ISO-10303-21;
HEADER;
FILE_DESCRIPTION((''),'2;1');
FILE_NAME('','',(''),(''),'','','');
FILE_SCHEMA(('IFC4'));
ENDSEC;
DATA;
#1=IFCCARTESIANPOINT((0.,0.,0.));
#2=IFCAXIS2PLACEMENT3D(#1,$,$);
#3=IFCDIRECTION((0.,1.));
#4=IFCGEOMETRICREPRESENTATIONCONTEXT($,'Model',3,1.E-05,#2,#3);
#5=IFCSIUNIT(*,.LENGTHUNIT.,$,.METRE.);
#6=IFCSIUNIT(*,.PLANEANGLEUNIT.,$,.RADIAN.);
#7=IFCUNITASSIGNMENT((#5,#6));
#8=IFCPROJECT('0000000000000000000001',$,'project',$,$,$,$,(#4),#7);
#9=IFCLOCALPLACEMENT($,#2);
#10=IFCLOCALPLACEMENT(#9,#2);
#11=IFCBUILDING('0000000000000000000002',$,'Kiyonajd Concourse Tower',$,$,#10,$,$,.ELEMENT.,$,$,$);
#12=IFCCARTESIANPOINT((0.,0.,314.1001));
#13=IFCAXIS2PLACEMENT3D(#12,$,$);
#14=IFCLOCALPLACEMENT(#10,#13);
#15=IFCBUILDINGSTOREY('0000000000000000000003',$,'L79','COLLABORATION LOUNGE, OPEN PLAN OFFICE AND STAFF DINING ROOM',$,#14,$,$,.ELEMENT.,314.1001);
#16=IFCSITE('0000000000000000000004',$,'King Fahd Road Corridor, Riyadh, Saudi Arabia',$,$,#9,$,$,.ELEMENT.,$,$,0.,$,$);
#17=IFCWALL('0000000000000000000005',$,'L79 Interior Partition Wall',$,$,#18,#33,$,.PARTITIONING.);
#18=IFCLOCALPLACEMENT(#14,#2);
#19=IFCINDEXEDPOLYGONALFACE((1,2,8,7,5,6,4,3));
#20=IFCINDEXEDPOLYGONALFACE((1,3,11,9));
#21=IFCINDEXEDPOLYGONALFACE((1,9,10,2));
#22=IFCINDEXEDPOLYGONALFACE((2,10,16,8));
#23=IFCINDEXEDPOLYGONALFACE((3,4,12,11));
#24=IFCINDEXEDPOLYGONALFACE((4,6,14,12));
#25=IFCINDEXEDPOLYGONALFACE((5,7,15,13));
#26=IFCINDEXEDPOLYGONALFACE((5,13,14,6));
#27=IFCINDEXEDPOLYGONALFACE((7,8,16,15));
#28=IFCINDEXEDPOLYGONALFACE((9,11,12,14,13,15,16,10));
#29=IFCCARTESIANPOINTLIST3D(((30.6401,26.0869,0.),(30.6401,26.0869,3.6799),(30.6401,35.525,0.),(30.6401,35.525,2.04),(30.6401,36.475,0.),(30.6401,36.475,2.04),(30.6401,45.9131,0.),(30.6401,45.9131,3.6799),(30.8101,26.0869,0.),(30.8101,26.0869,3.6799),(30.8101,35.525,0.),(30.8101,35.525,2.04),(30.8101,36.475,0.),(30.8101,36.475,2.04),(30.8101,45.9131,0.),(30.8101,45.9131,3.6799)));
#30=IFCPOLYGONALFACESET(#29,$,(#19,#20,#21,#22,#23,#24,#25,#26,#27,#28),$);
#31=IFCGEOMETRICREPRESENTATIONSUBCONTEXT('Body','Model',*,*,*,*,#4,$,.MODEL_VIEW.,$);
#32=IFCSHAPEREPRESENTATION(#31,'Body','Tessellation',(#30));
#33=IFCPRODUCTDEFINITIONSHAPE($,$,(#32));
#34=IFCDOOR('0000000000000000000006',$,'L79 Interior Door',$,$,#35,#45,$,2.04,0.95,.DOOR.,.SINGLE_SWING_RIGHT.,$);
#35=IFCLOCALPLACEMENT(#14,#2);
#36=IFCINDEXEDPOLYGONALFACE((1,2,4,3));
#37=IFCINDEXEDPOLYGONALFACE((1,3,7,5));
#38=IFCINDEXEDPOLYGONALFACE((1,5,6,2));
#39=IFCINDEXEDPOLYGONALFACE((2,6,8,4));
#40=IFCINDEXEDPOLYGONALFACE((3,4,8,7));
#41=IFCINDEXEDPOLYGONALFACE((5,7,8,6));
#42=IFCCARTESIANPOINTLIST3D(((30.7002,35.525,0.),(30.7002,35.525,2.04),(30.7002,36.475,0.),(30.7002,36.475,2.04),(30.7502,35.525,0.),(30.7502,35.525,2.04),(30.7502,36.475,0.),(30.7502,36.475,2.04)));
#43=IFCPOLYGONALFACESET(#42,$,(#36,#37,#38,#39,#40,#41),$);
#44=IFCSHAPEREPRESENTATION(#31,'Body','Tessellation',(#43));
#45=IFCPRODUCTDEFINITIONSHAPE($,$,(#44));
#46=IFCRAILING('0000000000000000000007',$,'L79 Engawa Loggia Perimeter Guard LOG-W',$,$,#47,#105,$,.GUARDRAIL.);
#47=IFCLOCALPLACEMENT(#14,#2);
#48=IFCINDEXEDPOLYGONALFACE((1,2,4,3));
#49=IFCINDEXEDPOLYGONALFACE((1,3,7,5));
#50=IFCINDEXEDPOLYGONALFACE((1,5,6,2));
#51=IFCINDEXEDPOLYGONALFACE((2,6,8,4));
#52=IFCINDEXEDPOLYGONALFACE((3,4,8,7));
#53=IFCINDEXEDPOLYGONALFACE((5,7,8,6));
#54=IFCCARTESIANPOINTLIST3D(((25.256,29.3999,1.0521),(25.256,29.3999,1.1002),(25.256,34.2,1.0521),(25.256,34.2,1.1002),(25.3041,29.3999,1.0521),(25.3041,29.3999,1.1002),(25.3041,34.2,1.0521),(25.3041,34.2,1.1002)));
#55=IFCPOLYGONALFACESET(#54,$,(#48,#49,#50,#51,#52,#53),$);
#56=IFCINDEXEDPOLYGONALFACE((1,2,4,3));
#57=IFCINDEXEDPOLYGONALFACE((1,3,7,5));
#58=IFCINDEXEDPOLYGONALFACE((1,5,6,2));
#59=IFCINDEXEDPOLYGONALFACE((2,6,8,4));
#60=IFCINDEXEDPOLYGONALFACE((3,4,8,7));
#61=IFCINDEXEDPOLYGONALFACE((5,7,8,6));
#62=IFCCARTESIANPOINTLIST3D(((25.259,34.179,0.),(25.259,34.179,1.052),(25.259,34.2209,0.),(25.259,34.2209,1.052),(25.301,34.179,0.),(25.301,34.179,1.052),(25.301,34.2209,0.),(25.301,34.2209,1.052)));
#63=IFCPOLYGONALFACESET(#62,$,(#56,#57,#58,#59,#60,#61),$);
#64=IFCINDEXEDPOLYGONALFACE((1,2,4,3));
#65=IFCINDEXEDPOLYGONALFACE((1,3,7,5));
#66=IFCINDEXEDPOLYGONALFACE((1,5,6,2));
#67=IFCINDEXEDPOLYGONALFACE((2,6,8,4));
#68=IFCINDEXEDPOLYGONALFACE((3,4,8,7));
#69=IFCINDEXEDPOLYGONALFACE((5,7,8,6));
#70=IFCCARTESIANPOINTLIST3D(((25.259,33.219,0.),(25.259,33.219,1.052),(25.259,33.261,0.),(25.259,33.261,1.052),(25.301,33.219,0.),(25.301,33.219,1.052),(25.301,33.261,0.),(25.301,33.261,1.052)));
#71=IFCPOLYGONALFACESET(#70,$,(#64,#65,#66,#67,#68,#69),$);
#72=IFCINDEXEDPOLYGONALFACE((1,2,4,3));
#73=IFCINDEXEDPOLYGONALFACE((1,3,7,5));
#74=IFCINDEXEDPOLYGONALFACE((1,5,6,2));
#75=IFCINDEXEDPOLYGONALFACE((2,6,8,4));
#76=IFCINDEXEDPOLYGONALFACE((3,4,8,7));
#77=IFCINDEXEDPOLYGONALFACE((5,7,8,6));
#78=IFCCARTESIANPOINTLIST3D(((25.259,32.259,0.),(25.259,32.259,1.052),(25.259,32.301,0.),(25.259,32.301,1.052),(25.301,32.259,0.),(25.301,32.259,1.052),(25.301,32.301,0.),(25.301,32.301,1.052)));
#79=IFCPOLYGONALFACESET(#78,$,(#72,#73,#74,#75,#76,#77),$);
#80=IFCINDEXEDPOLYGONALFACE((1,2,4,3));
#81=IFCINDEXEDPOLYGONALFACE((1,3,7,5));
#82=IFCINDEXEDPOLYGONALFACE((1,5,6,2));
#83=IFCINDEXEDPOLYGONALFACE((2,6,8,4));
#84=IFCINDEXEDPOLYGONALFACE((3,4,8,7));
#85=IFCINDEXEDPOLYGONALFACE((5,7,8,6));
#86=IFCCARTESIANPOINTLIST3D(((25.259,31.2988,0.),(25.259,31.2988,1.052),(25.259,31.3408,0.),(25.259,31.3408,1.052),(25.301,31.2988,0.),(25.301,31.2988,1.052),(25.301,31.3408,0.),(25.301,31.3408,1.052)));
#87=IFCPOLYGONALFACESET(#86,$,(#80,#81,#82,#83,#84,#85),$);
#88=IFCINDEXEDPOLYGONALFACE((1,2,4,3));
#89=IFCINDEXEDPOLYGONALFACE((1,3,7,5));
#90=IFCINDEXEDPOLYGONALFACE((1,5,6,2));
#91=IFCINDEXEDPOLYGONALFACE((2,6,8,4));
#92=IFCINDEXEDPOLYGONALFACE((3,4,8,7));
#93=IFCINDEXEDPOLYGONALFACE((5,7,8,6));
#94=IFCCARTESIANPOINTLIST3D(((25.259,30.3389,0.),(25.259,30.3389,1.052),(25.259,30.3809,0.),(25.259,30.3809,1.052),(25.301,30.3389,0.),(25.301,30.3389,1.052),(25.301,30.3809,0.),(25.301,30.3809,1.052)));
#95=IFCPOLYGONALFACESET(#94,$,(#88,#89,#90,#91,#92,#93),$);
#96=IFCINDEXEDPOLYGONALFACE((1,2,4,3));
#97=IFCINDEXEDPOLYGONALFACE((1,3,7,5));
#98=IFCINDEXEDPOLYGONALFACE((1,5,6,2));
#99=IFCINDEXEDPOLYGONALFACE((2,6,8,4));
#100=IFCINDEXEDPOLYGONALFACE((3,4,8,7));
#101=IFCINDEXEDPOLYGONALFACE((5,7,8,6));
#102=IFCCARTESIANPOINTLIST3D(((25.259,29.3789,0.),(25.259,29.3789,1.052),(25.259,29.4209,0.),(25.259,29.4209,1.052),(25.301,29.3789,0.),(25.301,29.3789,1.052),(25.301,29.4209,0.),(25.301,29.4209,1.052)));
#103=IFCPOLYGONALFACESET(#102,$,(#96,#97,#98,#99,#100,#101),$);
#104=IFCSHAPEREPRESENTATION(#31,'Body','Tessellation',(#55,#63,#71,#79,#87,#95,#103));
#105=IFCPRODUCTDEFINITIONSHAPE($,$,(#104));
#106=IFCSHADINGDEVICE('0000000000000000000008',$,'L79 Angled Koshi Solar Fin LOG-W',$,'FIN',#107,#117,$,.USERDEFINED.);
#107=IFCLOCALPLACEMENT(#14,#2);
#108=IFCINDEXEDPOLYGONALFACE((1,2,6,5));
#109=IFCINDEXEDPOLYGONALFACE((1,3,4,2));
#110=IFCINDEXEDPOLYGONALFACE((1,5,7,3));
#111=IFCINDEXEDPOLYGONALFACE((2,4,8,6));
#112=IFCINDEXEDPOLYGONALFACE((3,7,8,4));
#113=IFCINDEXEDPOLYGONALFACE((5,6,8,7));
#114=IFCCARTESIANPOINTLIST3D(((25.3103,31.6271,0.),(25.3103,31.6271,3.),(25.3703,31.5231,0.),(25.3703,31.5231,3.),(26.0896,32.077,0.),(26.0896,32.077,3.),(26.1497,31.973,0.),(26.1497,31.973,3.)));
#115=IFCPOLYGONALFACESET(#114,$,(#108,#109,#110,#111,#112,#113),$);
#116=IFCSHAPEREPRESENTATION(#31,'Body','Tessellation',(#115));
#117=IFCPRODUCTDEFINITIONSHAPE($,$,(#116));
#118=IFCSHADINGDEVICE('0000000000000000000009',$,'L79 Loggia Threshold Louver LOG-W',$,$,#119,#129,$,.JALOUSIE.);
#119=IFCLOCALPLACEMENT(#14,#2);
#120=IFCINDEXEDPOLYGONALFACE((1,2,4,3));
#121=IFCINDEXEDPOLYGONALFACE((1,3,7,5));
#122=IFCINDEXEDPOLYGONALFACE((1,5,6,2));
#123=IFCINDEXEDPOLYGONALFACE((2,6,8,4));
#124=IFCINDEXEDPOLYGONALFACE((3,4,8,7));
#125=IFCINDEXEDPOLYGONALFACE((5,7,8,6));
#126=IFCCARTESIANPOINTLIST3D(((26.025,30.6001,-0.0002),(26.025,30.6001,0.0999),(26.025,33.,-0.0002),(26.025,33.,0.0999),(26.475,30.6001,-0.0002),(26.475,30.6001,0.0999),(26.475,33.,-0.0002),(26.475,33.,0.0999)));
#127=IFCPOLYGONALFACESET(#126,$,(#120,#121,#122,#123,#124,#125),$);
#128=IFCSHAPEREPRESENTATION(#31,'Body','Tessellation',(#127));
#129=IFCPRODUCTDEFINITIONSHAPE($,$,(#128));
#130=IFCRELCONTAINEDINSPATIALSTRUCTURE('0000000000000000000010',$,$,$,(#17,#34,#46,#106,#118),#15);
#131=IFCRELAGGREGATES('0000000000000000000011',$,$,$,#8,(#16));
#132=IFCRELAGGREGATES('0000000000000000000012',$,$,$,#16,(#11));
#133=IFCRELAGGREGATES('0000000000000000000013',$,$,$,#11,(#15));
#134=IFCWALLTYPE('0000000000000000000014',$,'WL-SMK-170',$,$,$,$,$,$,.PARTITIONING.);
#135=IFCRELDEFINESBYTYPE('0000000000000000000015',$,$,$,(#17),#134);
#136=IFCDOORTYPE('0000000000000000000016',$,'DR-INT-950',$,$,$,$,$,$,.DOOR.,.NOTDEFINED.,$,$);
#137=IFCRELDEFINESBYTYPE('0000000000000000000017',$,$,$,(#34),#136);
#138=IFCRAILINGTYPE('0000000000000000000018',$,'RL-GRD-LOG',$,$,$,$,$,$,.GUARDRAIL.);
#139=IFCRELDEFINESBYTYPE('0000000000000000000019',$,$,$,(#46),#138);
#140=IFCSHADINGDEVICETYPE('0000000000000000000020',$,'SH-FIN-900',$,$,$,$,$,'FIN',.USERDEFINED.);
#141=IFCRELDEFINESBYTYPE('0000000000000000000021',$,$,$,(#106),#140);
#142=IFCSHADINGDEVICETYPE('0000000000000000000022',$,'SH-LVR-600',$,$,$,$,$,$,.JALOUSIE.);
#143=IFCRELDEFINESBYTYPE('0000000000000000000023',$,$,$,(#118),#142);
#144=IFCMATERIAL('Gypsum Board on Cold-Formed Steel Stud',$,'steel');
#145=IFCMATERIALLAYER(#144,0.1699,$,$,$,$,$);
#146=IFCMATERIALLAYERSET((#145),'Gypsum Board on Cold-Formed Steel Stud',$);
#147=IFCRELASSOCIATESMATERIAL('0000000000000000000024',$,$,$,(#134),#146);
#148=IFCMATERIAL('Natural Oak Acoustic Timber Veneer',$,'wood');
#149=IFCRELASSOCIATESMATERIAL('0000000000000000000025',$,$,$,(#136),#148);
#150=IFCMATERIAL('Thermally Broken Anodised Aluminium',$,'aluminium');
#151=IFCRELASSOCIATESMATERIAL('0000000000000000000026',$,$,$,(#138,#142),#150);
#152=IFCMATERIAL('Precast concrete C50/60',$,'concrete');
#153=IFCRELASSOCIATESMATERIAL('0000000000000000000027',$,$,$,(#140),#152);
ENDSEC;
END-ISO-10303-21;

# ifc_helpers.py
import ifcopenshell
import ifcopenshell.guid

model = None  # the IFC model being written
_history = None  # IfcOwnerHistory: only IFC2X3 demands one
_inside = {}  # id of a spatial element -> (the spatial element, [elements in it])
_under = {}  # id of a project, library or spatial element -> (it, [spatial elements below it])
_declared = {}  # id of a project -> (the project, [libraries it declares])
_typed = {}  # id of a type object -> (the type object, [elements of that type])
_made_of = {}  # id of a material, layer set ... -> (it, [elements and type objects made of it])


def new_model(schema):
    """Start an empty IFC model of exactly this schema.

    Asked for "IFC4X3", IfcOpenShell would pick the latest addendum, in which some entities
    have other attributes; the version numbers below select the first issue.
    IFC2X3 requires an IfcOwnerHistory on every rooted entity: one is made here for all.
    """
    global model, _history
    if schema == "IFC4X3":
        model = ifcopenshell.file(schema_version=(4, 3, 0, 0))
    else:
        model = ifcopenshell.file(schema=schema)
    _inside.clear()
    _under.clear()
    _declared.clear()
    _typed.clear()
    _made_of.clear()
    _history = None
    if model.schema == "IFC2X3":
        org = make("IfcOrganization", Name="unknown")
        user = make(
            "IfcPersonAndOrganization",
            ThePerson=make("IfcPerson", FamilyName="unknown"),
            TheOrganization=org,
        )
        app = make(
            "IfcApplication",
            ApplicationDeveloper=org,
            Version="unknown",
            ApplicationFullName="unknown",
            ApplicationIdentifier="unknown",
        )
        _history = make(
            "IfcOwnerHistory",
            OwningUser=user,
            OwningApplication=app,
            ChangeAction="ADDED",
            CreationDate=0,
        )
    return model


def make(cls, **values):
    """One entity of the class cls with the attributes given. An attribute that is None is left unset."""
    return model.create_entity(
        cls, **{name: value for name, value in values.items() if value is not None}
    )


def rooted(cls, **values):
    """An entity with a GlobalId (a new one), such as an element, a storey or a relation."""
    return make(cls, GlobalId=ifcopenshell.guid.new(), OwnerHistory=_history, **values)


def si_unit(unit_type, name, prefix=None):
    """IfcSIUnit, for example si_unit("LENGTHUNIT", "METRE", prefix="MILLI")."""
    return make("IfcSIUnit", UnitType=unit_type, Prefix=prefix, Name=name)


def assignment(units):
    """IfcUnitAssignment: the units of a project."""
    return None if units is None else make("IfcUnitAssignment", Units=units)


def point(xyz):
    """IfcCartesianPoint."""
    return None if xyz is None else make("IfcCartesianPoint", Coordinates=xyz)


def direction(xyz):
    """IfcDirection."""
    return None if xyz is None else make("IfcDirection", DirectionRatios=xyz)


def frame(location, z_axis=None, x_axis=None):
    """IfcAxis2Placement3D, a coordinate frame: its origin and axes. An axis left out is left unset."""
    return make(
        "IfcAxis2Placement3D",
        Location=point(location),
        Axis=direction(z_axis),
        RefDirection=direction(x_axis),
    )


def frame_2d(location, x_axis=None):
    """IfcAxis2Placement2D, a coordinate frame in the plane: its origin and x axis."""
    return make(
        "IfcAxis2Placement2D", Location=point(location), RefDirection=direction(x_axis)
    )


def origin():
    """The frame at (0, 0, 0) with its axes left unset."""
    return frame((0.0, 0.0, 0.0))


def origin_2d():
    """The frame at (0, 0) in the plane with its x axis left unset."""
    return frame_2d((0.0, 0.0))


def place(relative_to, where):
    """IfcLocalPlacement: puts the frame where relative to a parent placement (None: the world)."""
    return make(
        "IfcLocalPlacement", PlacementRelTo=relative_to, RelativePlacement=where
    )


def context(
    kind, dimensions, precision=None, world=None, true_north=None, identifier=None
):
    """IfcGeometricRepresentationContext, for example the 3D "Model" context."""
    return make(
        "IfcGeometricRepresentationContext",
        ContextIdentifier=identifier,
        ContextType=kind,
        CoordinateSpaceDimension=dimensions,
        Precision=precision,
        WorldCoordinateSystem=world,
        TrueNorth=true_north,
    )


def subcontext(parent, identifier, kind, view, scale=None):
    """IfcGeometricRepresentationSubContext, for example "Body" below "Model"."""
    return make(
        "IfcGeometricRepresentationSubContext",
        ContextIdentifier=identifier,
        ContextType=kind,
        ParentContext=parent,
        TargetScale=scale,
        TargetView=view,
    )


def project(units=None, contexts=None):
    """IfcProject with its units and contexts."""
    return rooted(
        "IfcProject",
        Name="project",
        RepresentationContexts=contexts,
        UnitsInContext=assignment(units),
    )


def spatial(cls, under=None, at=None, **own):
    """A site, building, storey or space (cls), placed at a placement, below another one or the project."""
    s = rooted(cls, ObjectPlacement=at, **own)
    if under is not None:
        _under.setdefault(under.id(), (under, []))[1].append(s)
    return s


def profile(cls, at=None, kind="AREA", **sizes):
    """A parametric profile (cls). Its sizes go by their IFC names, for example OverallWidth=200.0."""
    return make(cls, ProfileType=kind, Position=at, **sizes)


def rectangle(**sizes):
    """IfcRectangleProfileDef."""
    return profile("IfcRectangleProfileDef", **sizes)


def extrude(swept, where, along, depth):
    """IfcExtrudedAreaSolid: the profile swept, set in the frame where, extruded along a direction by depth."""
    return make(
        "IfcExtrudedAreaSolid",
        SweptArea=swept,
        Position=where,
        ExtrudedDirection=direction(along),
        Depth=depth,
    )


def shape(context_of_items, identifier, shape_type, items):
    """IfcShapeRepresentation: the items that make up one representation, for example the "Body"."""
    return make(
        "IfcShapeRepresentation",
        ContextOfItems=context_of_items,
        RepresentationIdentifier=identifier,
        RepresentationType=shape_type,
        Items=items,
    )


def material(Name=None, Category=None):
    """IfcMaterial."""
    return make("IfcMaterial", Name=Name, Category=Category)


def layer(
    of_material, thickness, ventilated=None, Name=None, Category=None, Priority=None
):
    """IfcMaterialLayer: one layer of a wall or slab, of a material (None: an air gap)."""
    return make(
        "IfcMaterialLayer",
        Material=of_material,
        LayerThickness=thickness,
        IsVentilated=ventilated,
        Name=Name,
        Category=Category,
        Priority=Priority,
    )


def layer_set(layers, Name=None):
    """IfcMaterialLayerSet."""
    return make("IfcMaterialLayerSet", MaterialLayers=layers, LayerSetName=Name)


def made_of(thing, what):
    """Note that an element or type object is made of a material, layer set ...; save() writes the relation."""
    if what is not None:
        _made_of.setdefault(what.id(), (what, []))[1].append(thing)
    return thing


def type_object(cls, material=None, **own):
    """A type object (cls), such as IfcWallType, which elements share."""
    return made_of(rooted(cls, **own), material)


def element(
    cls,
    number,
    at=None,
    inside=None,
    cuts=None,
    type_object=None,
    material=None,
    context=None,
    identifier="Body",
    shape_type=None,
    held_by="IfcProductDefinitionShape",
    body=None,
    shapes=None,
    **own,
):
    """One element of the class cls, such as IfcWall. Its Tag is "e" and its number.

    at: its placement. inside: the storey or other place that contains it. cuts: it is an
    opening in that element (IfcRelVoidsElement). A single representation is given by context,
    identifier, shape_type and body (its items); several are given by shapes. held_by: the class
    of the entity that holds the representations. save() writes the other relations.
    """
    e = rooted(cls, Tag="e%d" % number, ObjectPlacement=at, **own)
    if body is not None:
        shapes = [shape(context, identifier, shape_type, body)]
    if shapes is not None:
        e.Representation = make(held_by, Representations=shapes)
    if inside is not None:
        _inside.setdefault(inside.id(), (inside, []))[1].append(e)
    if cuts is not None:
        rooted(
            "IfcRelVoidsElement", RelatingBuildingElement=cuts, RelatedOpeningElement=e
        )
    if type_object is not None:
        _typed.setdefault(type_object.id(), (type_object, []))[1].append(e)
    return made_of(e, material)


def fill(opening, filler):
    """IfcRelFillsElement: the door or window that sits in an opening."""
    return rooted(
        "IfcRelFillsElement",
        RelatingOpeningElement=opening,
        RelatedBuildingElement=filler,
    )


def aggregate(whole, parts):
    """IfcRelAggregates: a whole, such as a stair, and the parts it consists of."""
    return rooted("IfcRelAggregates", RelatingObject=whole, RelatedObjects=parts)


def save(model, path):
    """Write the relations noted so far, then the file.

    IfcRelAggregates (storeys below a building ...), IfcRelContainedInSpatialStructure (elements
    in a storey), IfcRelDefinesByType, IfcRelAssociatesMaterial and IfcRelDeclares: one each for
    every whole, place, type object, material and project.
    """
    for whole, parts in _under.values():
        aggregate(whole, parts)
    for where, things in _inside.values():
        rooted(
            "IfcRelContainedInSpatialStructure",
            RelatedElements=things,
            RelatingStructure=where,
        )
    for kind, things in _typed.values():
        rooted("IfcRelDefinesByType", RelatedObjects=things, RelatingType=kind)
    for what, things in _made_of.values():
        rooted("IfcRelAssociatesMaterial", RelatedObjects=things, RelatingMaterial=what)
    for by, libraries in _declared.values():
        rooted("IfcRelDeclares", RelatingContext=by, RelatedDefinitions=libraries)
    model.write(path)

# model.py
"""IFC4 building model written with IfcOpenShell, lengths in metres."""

from ifc_helpers import new_model, si_unit, direction, frame, frame_2d, origin, origin_2d, place, context, subcontext, project, spatial, rectangle, extrude, material, layer, layer_set, type_object, element, fill, save


model = new_model("IFC4")

# Units and contexts
model_context = context("Model", 3, precision=1e-05, world=origin(), true_north=direction((0.0, 1.0)))
body_context = subcontext(model_context, "Body", "Model", "MODEL_VIEW")
ifc_project = project(units=[si_unit("LENGTHUNIT", "METRE"), si_unit("PLANEANGLEUNIT", "RADIAN")], contexts=[model_context])

# Site, building, storey
site_placement = place(None, origin())
site = spatial("IfcSite", under=ifc_project, at=site_placement, Name="King Fahd Road Corridor, Riyadh, Saudi Arabia", CompositionType="ELEMENT", RefElevation=0.0)
building_placement = place(site_placement, origin())
building = spatial("IfcBuilding", under=site, at=building_placement, Name="Kiyonajd Concourse Tower", CompositionType="ELEMENT")
storey_placement = place(building_placement, frame((0.0, 0.0, 314.1001)))
storey = spatial("IfcBuildingStorey", under=building, at=storey_placement, Name="L79", Description="COLLABORATION LOUNGE, OPEN PLAN OFFICE AND STAFF DINING ROOM", CompositionType="ELEMENT", Elevation=314.1001)

# Shared definitions
ifc_material_1 = material(Name="Thermally Broken Anodised Aluminium", Category="aluminium")

# Shared definitions
ifc_material_2 = material(Name="Precast concrete C50/60", Category="concrete")

# Shared definitions
ifc_material_3 = material(Name="Gypsum Board on Cold-Formed Steel Stud", Category="steel")
ifc_layer_1 = layer(ifc_material_3, 0.1699)
ifc_layer_set_1 = layer_set([ifc_layer_1], Name="Gypsum Board on Cold-Formed Steel Stud")
wall_type_1 = type_object("IfcWallType", Name="WL-SMK-170", PredefinedType="PARTITIONING", material=ifc_layer_set_1)
ifc_material_4 = material(Name="Natural Oak Acoustic Timber Veneer", Category="wood")
door_type_1 = type_object("IfcDoorType", Name="DR-INT-950", OperationType="NOTDEFINED", PredefinedType="DOOR", material=ifc_material_4)

# Wall, opening, door
wall_1_placement = place(storey_placement, frame((30.7251, 26.0869, 0.0), z_axis=(0.0, 0.0, 1.0), x_axis=(0.0, 1.0, 0.0)))
wall_1 = element("IfcWall", 1, at=wall_1_placement, inside=storey, type_object=wall_type_1, Name="L79 Interior Partition Wall", PredefinedType="PARTITIONING", context=body_context, shape_type="SweptSolid", body=[
    extrude(rectangle(XDim=19.8262, YDim=0.1699, at=frame_2d((9.9131, 0.0))), origin(), (0.0, 0.0, 1.0), 3.6799),
])
opening_1_placement = place(wall_1_placement, frame((9.438, 0.0, 0.0)))
opening_1 = element("IfcOpeningElement", 2, at=opening_1_placement, cuts=wall_1, PredefinedType="OPENING", context=body_context, shape_type="SweptSolid", body=[
    extrude(rectangle(XDim=0.95, YDim=2.04, at=frame_2d((0.4751, 1.02))), frame((0.0, 0.095, 0.0), z_axis=(0.0, -1.0, 0.0), x_axis=(1.0, 0.0, 0.0)), (0.0, 0.0, 1.0), 0.1899),
])
door_1_placement = place(opening_1_placement, origin())
door_1 = element("IfcDoor", 3, at=door_1_placement, inside=storey, type_object=door_type_1, Name="L79 Interior Door", OperationType="SINGLE_SWING_RIGHT", OverallHeight=2.04, OverallWidth=0.95, PredefinedType="DOOR", context=body_context, shape_type="SweptSolid", body=[
    extrude(rectangle(XDim=0.95, YDim=2.04, at=frame_2d((0.4751, 1.02))), frame((0.0, 0.0249, 0.0), z_axis=(0.0, -1.0, 0.0), x_axis=(1.0, 0.0, 0.0)), (0.0, 0.0, 1.0), 0.05),
])
fill(opening_1, door_1)

# Railing
railing_type = type_object("IfcRailingType", Name="RL-GRD-LOG", PredefinedType="GUARDRAIL", material=ifc_material_1)
railing_placement = place(storey_placement, frame((25.28, 34.2, 0.0)))
element("IfcRailing", 4, at=railing_placement, inside=storey, type_object=railing_type, Name="L79 Engawa Loggia Perimeter Guard LOG-W", PredefinedType="GUARDRAIL", context=body_context, shape_type="SweptSolid", body=[
    extrude(rectangle(XDim=0.0481, YDim=0.0481, at=origin_2d()), frame((0.0, 0.0, 1.0762), z_axis=(0.0, -1.0, 0.0), x_axis=(1.0, 0.0, 0.0)), (0.0, 0.0, 1.0), 4.8),
    extrude(rectangle(XDim=0.042, YDim=0.042, at=origin_2d()), origin(), (0.0, 0.0, 1.0), 1.052),
    extrude(rectangle(XDim=0.042, YDim=0.042, at=origin_2d()), frame((0.0, -0.96, 0.0)), (0.0, 0.0, 1.0), 1.052),
    extrude(rectangle(XDim=0.042, YDim=0.042, at=origin_2d()), frame((0.0, -1.9199, 0.0)), (0.0, 0.0, 1.0), 1.052),
    extrude(rectangle(XDim=0.042, YDim=0.042, at=origin_2d()), frame((0.0, -2.8801, 0.0)), (0.0, 0.0, 1.0), 1.052),
    extrude(rectangle(XDim=0.042, YDim=0.042, at=origin_2d()), frame((0.0, -3.8401, 0.0)), (0.0, 0.0, 1.0), 1.052),
    extrude(rectangle(XDim=0.042, YDim=0.042, at=origin_2d()), frame((0.0, -4.8, 0.0)), (0.0, 0.0, 1.0), 1.052),
])

# Shading devices
shading_device_type_1 = type_object("IfcShadingDeviceType", Name="SH-FIN-900", ElementType="FIN", PredefinedType="USERDEFINED", material=ifc_material_2)
shading_device_1_placement = place(storey_placement, frame((25.73, 31.8, 0.0), z_axis=(0.0, 0.0, 1.0), x_axis=(0.866025, 0.5, 0.0)))
element("IfcShadingDevice", 5, at=shading_device_1_placement, inside=storey, type_object=shading_device_type_1, Name="L79 Angled Koshi Solar Fin LOG-W", ObjectType="FIN", PredefinedType="USERDEFINED", context=body_context, shape_type="SweptSolid", body=[
    extrude(rectangle(XDim=0.8999, YDim=0.1201, at=origin_2d()), origin(), (0.0, 0.0, 1.0), 3.0),
])
shading_device_type_2 = type_object("IfcShadingDeviceType", Name="SH-LVR-600", PredefinedType="JALOUSIE", material=ifc_material_1)
shading_device_2_placement = place(storey_placement, frame((26.25, 31.8, -0.0002), z_axis=(0.0, 0.0, 1.0), x_axis=(0.0, 1.0, 0.0)))
element("IfcShadingDevice", 6, at=shading_device_2_placement, inside=storey, type_object=shading_device_type_2, Name="L79 Loggia Threshold Louver LOG-W", PredefinedType="JALOUSIE", context=body_context, shape_type="SweptSolid", body=[
    extrude(rectangle(XDim=2.3999, YDim=0.45, at=origin_2d()), origin(), (0.0, 0.0, 1.0), 0.1001),
])

save(model, "model.ifc")
